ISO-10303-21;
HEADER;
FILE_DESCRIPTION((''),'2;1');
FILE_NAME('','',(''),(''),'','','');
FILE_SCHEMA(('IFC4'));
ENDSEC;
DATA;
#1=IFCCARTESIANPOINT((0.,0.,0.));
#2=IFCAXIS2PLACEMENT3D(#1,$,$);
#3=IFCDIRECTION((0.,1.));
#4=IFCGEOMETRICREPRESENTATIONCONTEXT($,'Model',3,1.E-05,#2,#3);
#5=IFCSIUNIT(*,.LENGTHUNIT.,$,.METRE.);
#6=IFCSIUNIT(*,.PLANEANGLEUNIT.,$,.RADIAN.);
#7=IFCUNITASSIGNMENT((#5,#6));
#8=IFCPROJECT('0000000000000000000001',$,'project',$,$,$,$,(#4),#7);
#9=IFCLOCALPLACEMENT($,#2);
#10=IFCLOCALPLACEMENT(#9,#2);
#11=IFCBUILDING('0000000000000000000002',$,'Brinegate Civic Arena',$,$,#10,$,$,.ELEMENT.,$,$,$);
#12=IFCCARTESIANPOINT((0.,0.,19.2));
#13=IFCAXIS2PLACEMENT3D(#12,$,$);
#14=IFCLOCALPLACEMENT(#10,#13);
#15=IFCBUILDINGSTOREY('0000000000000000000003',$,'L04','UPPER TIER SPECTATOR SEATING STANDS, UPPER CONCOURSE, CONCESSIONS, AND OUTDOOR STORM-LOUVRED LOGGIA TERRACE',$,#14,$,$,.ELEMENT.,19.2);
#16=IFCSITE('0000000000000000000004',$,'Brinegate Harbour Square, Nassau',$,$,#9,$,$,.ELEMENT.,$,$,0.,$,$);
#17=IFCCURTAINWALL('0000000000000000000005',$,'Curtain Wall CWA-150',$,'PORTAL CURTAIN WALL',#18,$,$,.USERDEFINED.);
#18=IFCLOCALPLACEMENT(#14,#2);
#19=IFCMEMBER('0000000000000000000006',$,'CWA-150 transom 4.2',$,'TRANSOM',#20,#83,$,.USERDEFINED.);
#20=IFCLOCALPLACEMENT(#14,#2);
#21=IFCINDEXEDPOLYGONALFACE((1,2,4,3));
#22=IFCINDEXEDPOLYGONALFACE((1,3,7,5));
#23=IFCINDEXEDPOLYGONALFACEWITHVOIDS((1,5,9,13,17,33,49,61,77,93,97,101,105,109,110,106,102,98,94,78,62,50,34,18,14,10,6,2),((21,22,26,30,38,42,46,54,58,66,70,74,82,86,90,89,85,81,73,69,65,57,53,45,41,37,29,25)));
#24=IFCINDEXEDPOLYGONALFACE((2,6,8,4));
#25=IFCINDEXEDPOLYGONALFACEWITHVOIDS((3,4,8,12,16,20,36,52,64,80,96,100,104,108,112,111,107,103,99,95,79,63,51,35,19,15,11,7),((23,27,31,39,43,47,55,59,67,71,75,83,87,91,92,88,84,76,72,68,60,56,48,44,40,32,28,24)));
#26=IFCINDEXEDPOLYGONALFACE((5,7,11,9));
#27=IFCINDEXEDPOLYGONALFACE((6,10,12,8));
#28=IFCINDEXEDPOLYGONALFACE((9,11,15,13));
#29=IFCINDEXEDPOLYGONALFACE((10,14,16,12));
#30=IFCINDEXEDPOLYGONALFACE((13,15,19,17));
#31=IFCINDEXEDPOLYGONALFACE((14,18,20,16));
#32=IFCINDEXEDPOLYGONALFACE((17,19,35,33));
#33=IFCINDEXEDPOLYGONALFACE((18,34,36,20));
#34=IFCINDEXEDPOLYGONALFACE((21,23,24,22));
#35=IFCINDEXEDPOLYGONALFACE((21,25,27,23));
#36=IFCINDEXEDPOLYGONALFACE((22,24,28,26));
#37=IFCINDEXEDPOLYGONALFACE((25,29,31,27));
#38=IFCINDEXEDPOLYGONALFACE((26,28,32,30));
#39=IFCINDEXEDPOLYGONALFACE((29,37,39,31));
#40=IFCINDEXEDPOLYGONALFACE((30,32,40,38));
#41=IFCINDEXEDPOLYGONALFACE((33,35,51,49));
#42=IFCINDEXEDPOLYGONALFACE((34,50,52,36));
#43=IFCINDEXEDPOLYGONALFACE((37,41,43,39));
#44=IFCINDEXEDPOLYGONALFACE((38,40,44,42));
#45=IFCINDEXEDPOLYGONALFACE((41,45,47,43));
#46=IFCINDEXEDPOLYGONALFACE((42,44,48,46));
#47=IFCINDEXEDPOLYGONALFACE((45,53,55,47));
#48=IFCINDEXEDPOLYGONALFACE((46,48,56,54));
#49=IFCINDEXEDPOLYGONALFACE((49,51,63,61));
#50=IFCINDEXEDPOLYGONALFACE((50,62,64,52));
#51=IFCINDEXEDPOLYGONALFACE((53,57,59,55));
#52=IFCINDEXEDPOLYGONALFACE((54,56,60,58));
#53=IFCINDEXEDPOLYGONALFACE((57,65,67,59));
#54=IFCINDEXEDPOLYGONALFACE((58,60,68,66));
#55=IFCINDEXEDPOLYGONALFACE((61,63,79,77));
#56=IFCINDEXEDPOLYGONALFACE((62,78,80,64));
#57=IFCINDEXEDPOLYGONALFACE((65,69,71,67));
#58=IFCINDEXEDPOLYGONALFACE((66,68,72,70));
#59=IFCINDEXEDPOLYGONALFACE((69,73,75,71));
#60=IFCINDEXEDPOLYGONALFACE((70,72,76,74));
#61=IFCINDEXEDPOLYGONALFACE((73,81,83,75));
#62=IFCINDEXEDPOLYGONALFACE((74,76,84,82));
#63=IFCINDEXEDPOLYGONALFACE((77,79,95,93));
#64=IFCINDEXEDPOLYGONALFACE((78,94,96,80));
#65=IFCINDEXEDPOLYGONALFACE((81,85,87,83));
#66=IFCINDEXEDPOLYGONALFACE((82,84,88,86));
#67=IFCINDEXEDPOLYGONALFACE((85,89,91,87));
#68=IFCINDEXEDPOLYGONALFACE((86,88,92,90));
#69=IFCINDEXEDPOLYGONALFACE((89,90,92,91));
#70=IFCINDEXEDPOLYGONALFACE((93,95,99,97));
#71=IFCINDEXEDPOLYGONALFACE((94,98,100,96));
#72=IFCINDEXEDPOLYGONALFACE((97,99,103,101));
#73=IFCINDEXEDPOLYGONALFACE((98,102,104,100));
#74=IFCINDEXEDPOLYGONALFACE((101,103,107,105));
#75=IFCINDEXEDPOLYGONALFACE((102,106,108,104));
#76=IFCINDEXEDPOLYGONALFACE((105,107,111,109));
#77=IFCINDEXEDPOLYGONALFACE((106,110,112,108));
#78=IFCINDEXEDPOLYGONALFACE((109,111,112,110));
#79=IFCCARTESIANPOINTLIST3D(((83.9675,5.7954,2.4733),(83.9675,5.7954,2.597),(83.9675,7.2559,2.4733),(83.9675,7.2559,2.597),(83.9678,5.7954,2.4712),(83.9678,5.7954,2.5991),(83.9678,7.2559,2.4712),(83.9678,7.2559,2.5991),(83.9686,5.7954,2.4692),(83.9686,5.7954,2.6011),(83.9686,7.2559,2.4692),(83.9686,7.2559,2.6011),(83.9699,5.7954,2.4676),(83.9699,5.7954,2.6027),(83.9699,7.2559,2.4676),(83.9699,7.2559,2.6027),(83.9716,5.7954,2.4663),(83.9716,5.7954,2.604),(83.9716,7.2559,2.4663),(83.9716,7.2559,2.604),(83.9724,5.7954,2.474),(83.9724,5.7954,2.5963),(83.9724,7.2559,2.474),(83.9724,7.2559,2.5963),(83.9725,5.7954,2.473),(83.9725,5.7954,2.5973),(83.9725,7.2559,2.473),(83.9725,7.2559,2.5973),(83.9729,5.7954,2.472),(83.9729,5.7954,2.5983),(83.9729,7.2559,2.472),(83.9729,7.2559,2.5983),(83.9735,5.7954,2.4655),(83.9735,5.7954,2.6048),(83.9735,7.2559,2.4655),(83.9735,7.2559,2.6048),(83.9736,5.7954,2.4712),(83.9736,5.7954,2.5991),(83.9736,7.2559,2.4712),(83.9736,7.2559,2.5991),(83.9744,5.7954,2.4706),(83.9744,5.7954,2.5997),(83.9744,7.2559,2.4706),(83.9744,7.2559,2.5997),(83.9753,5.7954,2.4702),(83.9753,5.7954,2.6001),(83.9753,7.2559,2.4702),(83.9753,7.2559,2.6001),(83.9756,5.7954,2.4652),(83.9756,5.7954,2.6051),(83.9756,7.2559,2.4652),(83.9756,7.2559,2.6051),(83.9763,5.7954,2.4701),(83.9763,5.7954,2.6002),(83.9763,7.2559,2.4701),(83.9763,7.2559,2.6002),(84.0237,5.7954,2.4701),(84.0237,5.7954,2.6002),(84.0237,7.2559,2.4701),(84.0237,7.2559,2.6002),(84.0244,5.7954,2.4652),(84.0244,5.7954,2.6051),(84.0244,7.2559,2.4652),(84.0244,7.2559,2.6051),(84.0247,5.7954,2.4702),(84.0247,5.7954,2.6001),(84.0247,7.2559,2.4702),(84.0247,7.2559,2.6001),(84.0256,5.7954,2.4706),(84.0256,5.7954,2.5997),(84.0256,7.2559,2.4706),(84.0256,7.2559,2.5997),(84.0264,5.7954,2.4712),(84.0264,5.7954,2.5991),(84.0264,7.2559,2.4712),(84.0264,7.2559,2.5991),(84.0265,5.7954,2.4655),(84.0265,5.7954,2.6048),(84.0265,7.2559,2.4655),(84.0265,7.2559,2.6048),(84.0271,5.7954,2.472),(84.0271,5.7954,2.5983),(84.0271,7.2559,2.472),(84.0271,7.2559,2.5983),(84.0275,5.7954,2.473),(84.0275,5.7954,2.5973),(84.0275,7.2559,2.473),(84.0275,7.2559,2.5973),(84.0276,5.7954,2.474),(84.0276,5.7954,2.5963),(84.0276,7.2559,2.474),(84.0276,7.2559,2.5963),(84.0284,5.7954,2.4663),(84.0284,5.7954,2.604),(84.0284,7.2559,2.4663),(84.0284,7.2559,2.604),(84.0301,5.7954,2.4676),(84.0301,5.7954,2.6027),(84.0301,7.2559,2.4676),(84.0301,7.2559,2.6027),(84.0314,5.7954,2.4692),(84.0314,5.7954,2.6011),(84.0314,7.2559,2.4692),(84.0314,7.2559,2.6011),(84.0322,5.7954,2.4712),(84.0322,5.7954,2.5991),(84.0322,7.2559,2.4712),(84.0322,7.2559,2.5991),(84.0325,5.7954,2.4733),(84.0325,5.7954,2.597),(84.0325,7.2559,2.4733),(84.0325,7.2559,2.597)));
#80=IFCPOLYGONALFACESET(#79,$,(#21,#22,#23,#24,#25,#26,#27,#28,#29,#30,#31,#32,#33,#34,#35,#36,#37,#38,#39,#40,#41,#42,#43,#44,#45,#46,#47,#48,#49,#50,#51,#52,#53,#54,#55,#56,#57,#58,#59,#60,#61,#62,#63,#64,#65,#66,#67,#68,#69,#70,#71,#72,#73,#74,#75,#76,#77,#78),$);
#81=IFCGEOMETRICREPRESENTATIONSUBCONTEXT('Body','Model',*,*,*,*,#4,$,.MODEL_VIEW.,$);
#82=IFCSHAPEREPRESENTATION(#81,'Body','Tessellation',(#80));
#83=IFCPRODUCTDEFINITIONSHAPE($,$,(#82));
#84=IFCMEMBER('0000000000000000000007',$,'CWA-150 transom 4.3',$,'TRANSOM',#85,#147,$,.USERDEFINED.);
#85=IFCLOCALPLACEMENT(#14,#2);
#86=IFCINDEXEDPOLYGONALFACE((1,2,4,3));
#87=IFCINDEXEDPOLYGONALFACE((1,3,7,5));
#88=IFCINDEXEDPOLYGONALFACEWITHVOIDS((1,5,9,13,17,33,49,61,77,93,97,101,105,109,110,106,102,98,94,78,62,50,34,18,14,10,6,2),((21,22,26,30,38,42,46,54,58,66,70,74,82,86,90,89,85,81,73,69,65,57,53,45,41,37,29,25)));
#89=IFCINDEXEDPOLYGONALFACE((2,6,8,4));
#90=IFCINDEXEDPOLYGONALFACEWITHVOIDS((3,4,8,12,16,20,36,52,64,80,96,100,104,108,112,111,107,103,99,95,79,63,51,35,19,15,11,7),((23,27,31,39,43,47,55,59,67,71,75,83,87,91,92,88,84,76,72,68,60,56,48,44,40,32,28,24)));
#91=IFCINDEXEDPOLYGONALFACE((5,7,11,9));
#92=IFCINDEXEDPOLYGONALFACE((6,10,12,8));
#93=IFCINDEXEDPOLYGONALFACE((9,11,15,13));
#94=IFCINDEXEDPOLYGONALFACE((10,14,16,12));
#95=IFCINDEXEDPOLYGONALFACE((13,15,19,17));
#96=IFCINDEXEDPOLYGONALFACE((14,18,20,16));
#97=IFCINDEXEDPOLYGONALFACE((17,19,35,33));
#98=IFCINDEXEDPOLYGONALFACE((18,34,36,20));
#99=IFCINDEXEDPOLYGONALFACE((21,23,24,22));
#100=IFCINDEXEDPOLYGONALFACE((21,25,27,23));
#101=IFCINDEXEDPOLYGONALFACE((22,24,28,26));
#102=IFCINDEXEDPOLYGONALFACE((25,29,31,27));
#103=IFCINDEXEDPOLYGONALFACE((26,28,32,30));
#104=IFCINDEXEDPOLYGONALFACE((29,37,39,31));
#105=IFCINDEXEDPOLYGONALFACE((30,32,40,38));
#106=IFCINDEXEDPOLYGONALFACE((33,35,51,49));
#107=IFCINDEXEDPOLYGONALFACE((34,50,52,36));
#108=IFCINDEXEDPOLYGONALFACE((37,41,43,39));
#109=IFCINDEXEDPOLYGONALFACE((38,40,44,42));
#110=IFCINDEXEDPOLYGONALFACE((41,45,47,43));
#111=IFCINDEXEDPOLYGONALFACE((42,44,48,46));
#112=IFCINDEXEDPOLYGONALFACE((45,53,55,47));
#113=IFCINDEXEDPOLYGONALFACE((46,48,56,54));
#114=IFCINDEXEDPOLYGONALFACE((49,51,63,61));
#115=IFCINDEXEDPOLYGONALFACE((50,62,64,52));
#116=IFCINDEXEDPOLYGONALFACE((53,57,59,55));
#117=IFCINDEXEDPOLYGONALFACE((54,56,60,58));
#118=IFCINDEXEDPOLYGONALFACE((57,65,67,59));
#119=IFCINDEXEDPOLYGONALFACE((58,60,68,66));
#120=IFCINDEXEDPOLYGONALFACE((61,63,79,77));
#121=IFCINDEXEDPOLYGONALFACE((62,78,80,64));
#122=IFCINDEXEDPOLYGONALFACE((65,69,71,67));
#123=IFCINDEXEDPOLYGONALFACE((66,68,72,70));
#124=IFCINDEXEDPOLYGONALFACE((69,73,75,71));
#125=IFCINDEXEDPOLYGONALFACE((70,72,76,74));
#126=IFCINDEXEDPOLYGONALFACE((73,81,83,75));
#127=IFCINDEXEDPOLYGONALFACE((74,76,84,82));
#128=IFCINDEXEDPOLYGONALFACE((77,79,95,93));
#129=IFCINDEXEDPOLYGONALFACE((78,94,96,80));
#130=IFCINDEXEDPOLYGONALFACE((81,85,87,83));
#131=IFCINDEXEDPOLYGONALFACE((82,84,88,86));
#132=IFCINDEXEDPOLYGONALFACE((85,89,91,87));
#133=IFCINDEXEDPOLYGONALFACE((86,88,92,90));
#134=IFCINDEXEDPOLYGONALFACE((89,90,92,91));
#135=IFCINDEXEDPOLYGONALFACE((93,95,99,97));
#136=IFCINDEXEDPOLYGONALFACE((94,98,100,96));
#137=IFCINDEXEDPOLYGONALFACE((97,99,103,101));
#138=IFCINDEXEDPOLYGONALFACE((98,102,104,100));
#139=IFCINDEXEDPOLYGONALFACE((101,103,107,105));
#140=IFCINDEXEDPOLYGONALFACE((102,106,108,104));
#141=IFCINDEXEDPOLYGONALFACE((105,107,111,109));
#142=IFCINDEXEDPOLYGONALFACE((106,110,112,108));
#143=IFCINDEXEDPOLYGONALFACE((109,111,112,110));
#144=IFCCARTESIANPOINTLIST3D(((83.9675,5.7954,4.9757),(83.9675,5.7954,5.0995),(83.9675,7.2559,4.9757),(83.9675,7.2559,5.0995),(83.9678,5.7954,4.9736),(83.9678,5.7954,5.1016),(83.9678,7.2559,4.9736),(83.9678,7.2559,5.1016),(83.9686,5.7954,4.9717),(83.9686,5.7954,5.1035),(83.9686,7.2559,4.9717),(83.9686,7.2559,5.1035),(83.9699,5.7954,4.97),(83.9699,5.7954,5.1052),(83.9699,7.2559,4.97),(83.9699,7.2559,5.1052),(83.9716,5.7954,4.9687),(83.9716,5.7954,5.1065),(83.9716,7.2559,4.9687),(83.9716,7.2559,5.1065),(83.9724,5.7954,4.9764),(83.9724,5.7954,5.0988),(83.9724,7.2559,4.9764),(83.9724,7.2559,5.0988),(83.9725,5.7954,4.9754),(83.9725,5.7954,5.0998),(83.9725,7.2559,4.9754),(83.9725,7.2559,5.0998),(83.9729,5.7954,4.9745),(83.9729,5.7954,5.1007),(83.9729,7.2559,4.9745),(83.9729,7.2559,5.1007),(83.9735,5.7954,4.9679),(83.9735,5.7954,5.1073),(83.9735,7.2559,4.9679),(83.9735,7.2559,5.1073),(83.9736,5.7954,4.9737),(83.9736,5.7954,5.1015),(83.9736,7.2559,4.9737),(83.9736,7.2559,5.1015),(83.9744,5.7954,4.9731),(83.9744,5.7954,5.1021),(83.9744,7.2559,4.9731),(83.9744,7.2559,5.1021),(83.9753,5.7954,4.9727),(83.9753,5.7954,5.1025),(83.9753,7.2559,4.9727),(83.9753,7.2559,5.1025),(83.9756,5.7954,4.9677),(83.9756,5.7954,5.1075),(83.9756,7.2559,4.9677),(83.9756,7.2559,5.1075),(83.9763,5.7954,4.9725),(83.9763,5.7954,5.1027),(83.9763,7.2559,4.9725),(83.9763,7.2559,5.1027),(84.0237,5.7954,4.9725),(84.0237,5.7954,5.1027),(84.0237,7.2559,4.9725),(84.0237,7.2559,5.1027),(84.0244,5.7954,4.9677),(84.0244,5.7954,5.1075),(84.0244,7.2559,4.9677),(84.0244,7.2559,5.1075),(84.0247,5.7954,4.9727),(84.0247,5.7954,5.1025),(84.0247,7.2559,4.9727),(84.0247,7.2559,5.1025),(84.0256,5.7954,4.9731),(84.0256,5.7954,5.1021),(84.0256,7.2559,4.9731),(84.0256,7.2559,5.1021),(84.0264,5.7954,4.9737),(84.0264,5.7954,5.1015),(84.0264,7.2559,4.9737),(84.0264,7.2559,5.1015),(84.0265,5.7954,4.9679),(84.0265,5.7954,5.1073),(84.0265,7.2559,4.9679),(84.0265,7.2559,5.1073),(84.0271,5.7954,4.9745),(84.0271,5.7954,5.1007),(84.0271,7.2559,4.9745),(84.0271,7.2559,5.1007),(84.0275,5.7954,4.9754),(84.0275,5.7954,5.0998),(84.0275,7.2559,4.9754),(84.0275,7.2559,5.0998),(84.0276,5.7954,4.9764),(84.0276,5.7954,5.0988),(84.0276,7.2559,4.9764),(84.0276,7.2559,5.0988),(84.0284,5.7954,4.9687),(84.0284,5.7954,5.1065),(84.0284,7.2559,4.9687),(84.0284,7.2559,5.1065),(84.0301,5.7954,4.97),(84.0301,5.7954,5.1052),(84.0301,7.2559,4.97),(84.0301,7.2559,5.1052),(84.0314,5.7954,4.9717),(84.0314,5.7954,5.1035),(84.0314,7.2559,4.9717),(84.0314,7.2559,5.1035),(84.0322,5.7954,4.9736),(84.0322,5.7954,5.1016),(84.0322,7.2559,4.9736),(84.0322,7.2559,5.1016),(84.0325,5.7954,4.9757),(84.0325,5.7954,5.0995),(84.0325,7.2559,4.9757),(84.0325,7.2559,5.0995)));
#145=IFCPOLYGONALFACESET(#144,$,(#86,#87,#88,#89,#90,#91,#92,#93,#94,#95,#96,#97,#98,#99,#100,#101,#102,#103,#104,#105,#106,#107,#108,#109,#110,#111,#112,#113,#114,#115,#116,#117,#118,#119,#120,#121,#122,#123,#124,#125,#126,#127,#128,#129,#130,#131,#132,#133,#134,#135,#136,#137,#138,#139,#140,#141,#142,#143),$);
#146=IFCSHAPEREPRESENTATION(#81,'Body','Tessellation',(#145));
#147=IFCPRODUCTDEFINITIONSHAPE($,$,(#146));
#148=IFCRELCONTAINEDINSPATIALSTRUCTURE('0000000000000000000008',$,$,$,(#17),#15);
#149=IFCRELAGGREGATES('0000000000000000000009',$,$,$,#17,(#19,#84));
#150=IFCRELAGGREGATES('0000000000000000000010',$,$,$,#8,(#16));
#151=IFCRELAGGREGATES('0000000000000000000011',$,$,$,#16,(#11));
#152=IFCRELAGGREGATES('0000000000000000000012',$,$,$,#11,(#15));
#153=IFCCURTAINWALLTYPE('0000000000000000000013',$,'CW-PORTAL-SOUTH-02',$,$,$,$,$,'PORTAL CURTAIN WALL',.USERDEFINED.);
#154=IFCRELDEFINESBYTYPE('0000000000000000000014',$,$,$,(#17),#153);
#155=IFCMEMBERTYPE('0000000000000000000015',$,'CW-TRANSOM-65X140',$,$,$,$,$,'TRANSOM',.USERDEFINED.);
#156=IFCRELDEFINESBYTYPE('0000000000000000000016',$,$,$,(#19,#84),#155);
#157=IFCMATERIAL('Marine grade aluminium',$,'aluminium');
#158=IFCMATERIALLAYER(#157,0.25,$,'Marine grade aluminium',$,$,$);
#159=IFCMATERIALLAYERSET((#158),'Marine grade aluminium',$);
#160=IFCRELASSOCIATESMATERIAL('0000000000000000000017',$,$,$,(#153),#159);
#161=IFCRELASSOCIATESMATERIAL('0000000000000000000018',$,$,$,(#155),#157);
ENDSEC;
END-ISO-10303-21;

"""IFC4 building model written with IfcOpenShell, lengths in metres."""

from ifc_helpers import new_model, si_unit, direction, frame, origin, origin_2d, place, context, subcontext, project, spatial, hollow_rectangle, extrude, material, layer, layer_set, material_profile, profile_set, type_object, element, aggregate, save


model = new_model("IFC4")

# Units and contexts
model_context = context("Model", 3, precision=1e-05, world=origin(), true_north=direction((0.0, 1.0)))
body_context = subcontext(model_context, "Body", "Model", "MODEL_VIEW")
ifc_project = project(units=[si_unit("LENGTHUNIT", "METRE"), si_unit("PLANEANGLEUNIT", "RADIAN")], contexts=[model_context])

# Site, building, storey
site_placement = place(None, origin())
site = spatial("IfcSite", under=ifc_project, at=site_placement, Name="Brinegate Harbour Square, Nassau", CompositionType="ELEMENT", RefElevation=0.0)
building_placement = place(site_placement, origin())
building = spatial("IfcBuilding", under=site, at=building_placement, Name="Brinegate Civic Arena", CompositionType="ELEMENT")
storey_placement = place(building_placement, frame((0.0, 0.0, 19.2)))
storey = spatial("IfcBuildingStorey", under=building, at=storey_placement, Name="L04", Description="UPPER TIER SPECTATOR SEATING STANDS, UPPER CONCOURSE, CONCESSIONS, AND OUTDOOR STORM-LOUVRED LOGGIA TERRACE", CompositionType="ELEMENT", Elevation=19.2)

# Curtain wall
ifc_material_1 = material(Name="Marine grade aluminium", Category="aluminium")
ifc_layer_1 = layer(ifc_material_1, 0.25, Name="Marine grade aluminium")
ifc_layer_set_1 = layer_set([ifc_layer_1], Name="Marine grade aluminium")
curtain_wall_type = type_object("IfcCurtainWallType", Name="CW-PORTAL-SOUTH-02", ElementType="PORTAL CURTAIN WALL", PredefinedType="USERDEFINED", material=ifc_layer_set_1)
curtain_wall_1_placement = place(storey_placement, origin())
curtain_wall_1 = element("IfcCurtainWall", 1, at=curtain_wall_1_placement, inside=storey, type_object=curtain_wall_type, Name="Curtain Wall CWA-150", ObjectType="PORTAL CURTAIN WALL", PredefinedType="USERDEFINED")
ifc_material_profile_1 = material_profile(ifc_material_1, hollow_rectangle(XDim=0.0649, YDim=0.1399, WallThickness=0.0049, InnerFilletRadius=0.0039, OuterFilletRadius=0.0081, at=origin_2d()), Name="TRN65X140")
ifc_profile_set_1 = profile_set([ifc_material_profile_1], Name="Marine grade aluminium")
member_type_1 = type_object("IfcMemberType", Name="CW-TRANSOM-65X140", ElementType="TRANSOM", PredefinedType="USERDEFINED", material=ifc_profile_set_1)

# Members
member_1_placement = place(storey_placement, frame((84.0, 5.7954, 2.5352), z_axis=(0.0, 1.0, 0.0), x_axis=(-1.0, 0.0, 0.0)))
member_1 = element("IfcMember", 2, at=member_1_placement, type_object=member_type_1, Name="CWA-150 transom 4.2", ObjectType="TRANSOM", PredefinedType="USERDEFINED", context=body_context, shape_type="SweptSolid", body=[
    extrude(hollow_rectangle(XDim=0.0649, YDim=0.1399, WallThickness=0.0049, InnerFilletRadius=0.0039, OuterFilletRadius=0.0081, at=origin_2d()), origin(), (0.0, 0.0, 1.0), 1.4604),
])
member_2_placement = place(storey_placement, frame((84.0, 5.7954, 5.0376), z_axis=(0.0, 1.0, 0.0), x_axis=(-1.0, 0.0, 0.0)))
member_2 = element("IfcMember", 3, at=member_2_placement, type_object=member_type_1, Name="CWA-150 transom 4.3", ObjectType="TRANSOM", PredefinedType="USERDEFINED", context=body_context, shape_type="SweptSolid", body=[
    extrude(hollow_rectangle(XDim=0.0649, YDim=0.1399, WallThickness=0.0049, InnerFilletRadius=0.0039, OuterFilletRadius=0.0081, at=origin_2d()), origin(), (0.0, 0.0, 1.0), 1.4604),
])

aggregate(curtain_wall_1, [member_1, member_2])

save(model, "model.ifc")
